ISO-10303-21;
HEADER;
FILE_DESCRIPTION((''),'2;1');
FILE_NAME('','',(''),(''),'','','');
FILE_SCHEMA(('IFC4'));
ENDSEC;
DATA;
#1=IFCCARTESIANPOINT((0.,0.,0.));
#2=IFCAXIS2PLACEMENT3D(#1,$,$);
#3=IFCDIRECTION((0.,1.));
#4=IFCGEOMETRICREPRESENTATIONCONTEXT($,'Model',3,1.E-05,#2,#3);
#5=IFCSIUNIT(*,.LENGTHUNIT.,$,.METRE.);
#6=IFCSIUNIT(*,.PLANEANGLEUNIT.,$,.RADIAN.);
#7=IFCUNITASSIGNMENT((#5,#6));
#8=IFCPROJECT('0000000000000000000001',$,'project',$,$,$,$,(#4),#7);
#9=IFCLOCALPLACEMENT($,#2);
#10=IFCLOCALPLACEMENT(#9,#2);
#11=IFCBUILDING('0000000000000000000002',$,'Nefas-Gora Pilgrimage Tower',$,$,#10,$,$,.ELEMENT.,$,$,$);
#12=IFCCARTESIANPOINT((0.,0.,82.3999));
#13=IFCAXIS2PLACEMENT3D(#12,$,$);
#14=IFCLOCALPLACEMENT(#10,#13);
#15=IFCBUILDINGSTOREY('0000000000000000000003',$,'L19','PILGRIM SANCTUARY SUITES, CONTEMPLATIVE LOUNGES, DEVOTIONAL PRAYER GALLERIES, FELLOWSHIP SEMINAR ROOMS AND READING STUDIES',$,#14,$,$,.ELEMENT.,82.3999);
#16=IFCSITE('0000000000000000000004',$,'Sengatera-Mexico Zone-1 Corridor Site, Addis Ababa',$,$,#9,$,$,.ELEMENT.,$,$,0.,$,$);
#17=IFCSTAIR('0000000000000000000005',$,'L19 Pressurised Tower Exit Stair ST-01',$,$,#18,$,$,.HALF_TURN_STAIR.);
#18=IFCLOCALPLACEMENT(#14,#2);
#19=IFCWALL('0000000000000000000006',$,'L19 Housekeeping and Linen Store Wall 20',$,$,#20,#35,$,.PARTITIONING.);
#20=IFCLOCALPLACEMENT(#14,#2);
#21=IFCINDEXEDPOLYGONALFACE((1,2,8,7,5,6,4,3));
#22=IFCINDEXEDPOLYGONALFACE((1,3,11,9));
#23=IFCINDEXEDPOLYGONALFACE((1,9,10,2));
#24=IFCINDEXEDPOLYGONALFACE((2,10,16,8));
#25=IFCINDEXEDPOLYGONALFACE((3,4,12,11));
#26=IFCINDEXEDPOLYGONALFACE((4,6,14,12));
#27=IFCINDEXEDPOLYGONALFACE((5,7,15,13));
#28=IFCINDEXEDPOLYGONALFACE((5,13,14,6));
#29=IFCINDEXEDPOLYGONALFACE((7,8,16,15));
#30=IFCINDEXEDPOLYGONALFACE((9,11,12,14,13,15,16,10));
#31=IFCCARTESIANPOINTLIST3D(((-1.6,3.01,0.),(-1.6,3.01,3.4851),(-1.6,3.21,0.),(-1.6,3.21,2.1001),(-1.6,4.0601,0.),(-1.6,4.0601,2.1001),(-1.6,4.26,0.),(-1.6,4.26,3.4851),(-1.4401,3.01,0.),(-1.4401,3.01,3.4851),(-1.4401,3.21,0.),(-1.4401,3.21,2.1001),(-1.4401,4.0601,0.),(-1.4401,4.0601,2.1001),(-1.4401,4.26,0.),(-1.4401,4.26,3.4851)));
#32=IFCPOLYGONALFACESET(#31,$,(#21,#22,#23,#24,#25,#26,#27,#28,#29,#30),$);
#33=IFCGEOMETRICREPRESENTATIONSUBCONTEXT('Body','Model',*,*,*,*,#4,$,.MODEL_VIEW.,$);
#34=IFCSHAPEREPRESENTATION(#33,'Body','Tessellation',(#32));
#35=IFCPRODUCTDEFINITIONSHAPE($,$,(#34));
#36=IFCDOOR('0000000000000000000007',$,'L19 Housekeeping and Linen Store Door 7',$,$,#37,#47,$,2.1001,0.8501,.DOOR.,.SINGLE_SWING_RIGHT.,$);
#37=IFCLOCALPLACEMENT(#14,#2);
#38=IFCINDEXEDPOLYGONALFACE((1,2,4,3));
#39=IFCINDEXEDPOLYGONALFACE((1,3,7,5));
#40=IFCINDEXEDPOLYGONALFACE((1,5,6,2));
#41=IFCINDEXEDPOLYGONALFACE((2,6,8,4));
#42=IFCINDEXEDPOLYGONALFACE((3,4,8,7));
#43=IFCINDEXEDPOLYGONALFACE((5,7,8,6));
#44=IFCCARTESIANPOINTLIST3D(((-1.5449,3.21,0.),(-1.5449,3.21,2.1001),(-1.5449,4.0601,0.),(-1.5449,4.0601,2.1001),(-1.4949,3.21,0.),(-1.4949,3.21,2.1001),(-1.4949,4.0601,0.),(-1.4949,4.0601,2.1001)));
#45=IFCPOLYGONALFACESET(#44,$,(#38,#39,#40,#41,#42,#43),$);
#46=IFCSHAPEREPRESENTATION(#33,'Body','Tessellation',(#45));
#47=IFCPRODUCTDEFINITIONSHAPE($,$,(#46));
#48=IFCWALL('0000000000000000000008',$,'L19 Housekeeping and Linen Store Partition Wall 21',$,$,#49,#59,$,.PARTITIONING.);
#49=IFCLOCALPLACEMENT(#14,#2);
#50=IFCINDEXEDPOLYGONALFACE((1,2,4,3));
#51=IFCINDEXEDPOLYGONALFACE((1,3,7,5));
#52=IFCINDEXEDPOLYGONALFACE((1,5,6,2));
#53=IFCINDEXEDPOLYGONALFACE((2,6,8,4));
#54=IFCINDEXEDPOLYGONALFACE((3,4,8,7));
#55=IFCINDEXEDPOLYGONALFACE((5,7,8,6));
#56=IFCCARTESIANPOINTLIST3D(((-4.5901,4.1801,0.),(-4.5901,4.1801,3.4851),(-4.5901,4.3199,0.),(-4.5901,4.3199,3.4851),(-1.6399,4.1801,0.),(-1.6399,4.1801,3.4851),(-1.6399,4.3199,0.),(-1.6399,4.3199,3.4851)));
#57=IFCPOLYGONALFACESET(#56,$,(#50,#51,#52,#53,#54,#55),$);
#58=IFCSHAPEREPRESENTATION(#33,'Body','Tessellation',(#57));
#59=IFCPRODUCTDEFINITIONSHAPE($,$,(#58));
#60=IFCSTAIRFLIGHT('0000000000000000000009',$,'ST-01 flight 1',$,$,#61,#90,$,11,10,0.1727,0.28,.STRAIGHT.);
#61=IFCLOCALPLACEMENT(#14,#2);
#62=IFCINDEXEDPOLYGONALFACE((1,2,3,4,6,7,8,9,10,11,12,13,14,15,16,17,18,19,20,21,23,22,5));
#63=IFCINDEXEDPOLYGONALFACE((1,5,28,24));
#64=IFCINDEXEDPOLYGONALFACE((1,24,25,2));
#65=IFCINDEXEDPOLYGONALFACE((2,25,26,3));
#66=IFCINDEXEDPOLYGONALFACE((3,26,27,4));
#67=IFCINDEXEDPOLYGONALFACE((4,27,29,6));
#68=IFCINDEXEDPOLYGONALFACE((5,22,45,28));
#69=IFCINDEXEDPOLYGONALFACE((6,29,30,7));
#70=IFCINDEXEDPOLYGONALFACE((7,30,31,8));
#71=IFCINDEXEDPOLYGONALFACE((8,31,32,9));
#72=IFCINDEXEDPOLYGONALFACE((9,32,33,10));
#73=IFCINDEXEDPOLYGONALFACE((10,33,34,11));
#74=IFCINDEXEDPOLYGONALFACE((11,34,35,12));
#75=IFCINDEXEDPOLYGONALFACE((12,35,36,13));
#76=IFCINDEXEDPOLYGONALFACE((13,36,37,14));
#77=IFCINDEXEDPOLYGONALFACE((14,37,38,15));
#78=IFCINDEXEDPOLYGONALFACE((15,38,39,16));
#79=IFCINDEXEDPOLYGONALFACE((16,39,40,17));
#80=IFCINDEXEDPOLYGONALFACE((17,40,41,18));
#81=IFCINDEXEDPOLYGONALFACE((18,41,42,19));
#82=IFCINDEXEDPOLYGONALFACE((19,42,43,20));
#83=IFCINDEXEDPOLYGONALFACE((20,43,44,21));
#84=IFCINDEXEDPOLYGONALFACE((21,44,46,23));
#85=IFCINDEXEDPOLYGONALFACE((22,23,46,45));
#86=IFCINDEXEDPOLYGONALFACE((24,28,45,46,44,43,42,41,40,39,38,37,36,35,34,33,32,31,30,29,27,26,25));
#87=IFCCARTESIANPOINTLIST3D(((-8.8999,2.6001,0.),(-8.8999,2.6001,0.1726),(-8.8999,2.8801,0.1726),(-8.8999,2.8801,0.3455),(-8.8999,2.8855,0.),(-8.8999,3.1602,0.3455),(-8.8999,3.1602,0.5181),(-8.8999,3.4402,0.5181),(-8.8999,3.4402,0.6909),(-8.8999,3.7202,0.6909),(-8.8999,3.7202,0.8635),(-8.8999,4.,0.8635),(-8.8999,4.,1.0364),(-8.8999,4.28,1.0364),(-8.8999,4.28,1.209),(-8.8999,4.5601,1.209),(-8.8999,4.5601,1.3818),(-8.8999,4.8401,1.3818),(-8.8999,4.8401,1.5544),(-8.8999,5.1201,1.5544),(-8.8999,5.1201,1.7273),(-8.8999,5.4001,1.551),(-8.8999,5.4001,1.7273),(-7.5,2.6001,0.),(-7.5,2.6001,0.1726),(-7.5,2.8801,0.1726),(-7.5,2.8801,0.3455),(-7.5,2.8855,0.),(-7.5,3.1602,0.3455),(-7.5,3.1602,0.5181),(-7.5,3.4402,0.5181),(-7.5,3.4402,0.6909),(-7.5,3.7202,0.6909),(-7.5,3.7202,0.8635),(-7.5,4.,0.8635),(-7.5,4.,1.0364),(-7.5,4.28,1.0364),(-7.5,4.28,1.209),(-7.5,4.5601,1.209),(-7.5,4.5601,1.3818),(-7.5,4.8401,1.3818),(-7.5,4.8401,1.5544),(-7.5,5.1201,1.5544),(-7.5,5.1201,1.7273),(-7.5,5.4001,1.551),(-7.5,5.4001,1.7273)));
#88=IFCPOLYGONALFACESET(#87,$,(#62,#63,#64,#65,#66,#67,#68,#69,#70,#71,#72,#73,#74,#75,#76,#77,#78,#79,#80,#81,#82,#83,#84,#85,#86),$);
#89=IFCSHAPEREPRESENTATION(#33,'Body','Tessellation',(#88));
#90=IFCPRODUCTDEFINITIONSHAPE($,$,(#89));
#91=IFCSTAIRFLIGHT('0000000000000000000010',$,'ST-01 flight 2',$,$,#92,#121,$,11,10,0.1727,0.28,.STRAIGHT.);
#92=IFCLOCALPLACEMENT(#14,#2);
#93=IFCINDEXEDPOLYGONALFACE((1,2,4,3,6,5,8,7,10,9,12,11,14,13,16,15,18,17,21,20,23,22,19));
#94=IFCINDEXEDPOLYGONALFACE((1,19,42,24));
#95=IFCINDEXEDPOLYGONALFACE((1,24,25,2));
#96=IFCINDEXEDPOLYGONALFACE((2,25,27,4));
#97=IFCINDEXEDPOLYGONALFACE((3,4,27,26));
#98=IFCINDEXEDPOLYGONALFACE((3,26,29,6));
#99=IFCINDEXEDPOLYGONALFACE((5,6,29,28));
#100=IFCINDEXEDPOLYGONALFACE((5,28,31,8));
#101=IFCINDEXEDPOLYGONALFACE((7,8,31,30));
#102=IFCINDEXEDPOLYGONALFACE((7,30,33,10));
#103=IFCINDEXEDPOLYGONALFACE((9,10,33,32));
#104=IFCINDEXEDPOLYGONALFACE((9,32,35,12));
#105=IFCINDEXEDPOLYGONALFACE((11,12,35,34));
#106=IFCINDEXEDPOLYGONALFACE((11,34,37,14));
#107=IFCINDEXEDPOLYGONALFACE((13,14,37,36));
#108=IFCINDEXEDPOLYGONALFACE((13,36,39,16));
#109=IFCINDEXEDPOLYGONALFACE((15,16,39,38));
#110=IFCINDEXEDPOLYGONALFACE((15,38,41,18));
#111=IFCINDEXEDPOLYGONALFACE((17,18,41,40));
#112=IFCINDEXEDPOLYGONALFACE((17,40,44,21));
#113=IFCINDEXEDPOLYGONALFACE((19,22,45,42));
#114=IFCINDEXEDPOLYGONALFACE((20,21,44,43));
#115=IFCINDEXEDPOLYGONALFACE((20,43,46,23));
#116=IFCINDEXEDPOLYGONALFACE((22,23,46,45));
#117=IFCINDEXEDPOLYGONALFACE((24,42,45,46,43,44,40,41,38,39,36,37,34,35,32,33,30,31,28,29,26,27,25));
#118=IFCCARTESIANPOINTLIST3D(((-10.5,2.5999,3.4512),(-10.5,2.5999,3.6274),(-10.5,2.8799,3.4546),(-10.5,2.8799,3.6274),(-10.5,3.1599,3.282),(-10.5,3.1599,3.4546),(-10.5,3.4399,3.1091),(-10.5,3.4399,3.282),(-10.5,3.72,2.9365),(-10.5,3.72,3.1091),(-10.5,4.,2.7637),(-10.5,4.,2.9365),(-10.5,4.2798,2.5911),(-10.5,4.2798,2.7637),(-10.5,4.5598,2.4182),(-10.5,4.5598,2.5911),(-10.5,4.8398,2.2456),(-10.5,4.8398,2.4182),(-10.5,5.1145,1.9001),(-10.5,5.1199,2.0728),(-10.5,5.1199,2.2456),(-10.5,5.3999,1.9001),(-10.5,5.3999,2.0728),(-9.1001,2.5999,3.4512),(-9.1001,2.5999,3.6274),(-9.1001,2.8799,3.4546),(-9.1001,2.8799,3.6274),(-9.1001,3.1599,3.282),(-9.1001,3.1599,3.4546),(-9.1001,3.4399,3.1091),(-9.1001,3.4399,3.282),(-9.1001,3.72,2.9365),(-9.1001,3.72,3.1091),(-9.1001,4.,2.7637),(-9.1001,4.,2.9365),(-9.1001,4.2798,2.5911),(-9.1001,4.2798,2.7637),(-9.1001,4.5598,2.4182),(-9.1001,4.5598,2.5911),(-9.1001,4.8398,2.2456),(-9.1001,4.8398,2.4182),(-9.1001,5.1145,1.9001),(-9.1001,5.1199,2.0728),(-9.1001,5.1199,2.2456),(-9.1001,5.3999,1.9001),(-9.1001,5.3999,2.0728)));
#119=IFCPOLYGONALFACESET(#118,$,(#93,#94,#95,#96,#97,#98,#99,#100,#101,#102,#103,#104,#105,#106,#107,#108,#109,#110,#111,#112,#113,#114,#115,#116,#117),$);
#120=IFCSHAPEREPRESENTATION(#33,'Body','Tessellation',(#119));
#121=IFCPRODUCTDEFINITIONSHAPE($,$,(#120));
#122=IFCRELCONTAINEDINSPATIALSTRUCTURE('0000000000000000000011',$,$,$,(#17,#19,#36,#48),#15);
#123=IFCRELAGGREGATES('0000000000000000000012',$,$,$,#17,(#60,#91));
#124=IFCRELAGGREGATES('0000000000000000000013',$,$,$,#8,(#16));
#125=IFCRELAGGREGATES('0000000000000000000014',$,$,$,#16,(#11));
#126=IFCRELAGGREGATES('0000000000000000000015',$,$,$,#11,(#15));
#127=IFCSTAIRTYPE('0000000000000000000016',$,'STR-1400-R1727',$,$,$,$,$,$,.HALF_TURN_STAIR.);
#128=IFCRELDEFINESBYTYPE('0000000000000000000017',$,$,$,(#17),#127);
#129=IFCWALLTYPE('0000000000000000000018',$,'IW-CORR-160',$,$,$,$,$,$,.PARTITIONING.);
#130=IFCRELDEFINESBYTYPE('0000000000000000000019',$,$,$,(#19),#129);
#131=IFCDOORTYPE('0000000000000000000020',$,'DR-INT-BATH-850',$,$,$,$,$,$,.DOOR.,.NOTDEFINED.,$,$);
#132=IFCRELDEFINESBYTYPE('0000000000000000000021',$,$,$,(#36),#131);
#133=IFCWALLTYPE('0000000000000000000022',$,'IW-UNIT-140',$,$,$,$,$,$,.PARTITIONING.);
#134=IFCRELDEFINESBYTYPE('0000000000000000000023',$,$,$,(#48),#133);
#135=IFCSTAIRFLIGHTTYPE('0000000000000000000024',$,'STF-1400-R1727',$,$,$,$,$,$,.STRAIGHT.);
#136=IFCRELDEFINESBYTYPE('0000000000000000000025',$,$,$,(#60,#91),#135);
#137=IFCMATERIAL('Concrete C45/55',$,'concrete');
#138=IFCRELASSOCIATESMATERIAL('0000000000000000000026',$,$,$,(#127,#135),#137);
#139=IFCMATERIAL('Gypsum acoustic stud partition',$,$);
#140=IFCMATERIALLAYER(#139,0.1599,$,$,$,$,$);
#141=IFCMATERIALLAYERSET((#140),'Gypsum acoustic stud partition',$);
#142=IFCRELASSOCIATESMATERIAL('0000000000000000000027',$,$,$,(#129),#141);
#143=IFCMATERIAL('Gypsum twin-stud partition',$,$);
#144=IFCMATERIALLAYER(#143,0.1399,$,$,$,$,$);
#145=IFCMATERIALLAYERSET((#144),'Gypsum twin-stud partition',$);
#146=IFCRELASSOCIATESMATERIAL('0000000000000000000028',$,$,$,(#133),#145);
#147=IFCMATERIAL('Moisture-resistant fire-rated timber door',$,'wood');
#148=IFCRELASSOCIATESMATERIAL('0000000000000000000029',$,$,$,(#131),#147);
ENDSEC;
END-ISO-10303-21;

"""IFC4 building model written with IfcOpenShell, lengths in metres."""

from ifc_helpers import new_model, si_unit, direction, frame, frame_2d, origin, place, context, subcontext, project, spatial, polyline, rectangle, outline, extrude, source, transform, mapped, material, layer, layer_set, type_object, element, fill, aggregate, save


model = new_model("IFC4")

# Units and contexts
model_context = context("Model", 3, precision=1e-05, world=origin(), true_north=direction((0.0, 1.0)))
body_context = subcontext(model_context, "Body", "Model", "MODEL_VIEW")
ifc_project = project(units=[si_unit("LENGTHUNIT", "METRE"), si_unit("PLANEANGLEUNIT", "RADIAN")], contexts=[model_context])

# Site, building, storey
site_placement = place(None, origin())
site = spatial("IfcSite", under=ifc_project, at=site_placement, Name="Sengatera-Mexico Zone-1 Corridor Site, Addis Ababa", CompositionType="ELEMENT", RefElevation=0.0)
building_placement = place(site_placement, origin())
building = spatial("IfcBuilding", under=site, at=building_placement, Name="Nefas-Gora Pilgrimage Tower", CompositionType="ELEMENT")
storey_placement = place(building_placement, frame((0.0, 0.0, 82.3999)))
storey = spatial("IfcBuildingStorey", under=building, at=storey_placement, Name="L19", Description="PILGRIM SANCTUARY SUITES, CONTEMPLATIVE LOUNGES, DEVOTIONAL PRAYER GALLERIES, FELLOWSHIP SEMINAR ROOMS AND READING STUDIES", CompositionType="ELEMENT", Elevation=82.3999)

# Stair
ifc_material_1 = material(Name="Concrete C45/55", Category="concrete")
stair_type = type_object("IfcStairType", Name="STR-1400-R1727", PredefinedType="HALF_TURN_STAIR", material=ifc_material_1)
stair_1_placement = place(storey_placement, origin())
stair_1 = element("IfcStair", 1, at=stair_1_placement, inside=storey, type_object=stair_type, Name="L19 Pressurised Tower Exit Stair ST-01", PredefinedType="HALF_TURN_STAIR")

# Shared definitions
ifc_material_2 = material(Name="Gypsum acoustic stud partition")
ifc_layer_1 = layer(ifc_material_2, 0.1599)
ifc_layer_set_1 = layer_set([ifc_layer_1], Name="Gypsum acoustic stud partition")
wall_type_1 = type_object("IfcWallType", Name="IW-CORR-160", PredefinedType="PARTITIONING", material=ifc_layer_set_1)
ifc_material_3 = material(Name="Gypsum twin-stud partition")
ifc_layer_2 = layer(ifc_material_3, 0.1399)
ifc_layer_set_2 = layer_set([ifc_layer_2], Name="Gypsum twin-stud partition")
wall_type_2 = type_object("IfcWallType", Name="IW-UNIT-140", PredefinedType="PARTITIONING", material=ifc_layer_set_2)

# Wall, opening, door
shared_shape_1 = source(origin(), body_context, "Body", "SweptSolid", [
    extrude(rectangle(XDim=1.25, YDim=0.1599, at=frame_2d((0.625, 0.0))), origin(), (0.0, 0.0, 1.0), 3.4851),
])
wall_1_placement = place(storey_placement, frame((-1.52, 3.01, 0.0), z_axis=(0.0, 0.0, 1.0), x_axis=(0.0, 1.0, 0.0)))
wall_1 = element("IfcWall", 2, at=wall_1_placement, inside=storey, type_object=wall_type_1, Name="L19 Housekeeping and Linen Store Wall 20", PredefinedType="PARTITIONING", context=body_context, shape_type="MappedRepresentation", body=[
    mapped(shared_shape_1, transform((0.0, 0.0, 0.0), x_axis=(1.0, 0.0, 0.0), y_axis=(0.0, 1.0, 0.0), z_axis=(0.0, 0.0, 1.0), scale=1.0)),
])
opening_1_placement = place(wall_1_placement, frame((0.2, 0.0, 0.0)))
opening_1 = element("IfcOpeningElement", 3, at=opening_1_placement, cuts=wall_1, PredefinedType="OPENING", context=body_context, shape_type="SweptSolid", body=[
    extrude(rectangle(XDim=0.8501, YDim=2.1001, at=frame_2d((0.425, 1.05))), frame((0.0, 0.0898, 0.0), z_axis=(0.0, -1.0, 0.0), x_axis=(1.0, 0.0, 0.0)), (0.0, 0.0, 1.0), 0.1799),
])
ifc_material_4 = material(Name="Moisture-resistant fire-rated timber door", Category="wood")
door_type_1 = type_object("IfcDoorType", Name="DR-INT-BATH-850", OperationType="NOTDEFINED", PredefinedType="DOOR", material=ifc_material_4)
shared_shape_2 = source(origin(), body_context, "Body", "SweptSolid", [
    extrude(rectangle(XDim=0.8501, YDim=2.1001, at=frame_2d((0.425, 1.05))), frame((0.0, 0.0249, 0.0), z_axis=(0.0, -1.0, 0.0), x_axis=(1.0, 0.0, 0.0)), (0.0, 0.0, 1.0), 0.05),
])
door_1_placement = place(opening_1_placement, origin())
door_1 = element("IfcDoor", 4, at=door_1_placement, inside=storey, type_object=door_type_1, Name="L19 Housekeeping and Linen Store Door 7", OperationType="SINGLE_SWING_RIGHT", OverallHeight=2.1001, OverallWidth=0.8501, PredefinedType="DOOR", context=body_context, shape_type="MappedRepresentation", body=[
    mapped(shared_shape_2, transform((0.0, 0.0, 0.0), x_axis=(1.0, 0.0, 0.0), y_axis=(0.0, 1.0, 0.0), z_axis=(0.0, 0.0, 1.0), scale=1.0)),
])
fill(opening_1, door_1)

# Wall
shared_shape_3 = source(origin(), body_context, "Body", "SweptSolid", [
    extrude(rectangle(XDim=2.9502, YDim=0.1399, at=frame_2d((1.4751, 0.0))), origin(), (0.0, 0.0, 1.0), 3.4851),
])
wall_2_placement = place(storey_placement, frame((-4.5901, 4.25, 0.0), z_axis=(0.0, 0.0, 1.0), x_axis=(1.0, 0.0, 0.0)))
element("IfcWall", 5, at=wall_2_placement, inside=storey, type_object=wall_type_2, Name="L19 Housekeeping and Linen Store Partition Wall 21", PredefinedType="PARTITIONING", context=body_context, shape_type="MappedRepresentation", body=[
    mapped(shared_shape_3, transform((0.0, 0.0, 0.0), x_axis=(1.0, 0.0, 0.0), y_axis=(0.0, 1.0, 0.0), z_axis=(0.0, 0.0, 1.0), scale=1.0)),
])

# Stair flights
stair_flight_type = type_object("IfcStairFlightType", Name="STF-1400-R1727", PredefinedType="STRAIGHT", material=ifc_material_1)
shared_shape_4 = source(origin(), body_context, "Body", "SweptSolid", [
    extrude(outline(polyline([(0.0, 0.0), (0.0, 0.1726), (0.28, 0.1726), (0.28, 0.3455), (0.5601, 0.3455), (0.5601, 0.5181), (0.8401, 0.5181), (0.8401, 0.6909), (1.1201, 0.6909), (1.1201, 0.8635), (1.3999, 0.8635), (1.3999, 1.0364), (1.6799, 1.0364), (1.6799, 1.209), (1.96, 1.209), (1.96, 1.3818), (2.24, 1.3818), (2.24, 1.5544), (2.52, 1.5544), (2.52, 1.7273), (2.8, 1.7273), (2.8, 1.8999), (2.8, 1.551), (0.2854, 0.0), (0.0, 0.0)])), frame((0.0, 0.7, 0.0), z_axis=(0.0, -1.0, 0.0), x_axis=(1.0, 0.0, 0.0)), (0.0, 0.0, 1.0), 1.3999),
])
stair_flight_1_placement = place(storey_placement, frame((-8.2, 2.6001, 0.0), z_axis=(0.0, 0.0, 1.0), x_axis=(0.0, 1.0, 0.0)))
stair_flight_1 = element("IfcStairFlight", 6, at=stair_flight_1_placement, type_object=stair_flight_type, Name="ST-01 flight 1", NumberOfRisers=11, NumberOfTreads=10, PredefinedType="STRAIGHT", RiserHeight=0.1727, TreadLength=0.28, context=body_context, shape_type="MappedRepresentation", body=[
    mapped(shared_shape_4, transform((0.0, 0.0, 0.0), x_axis=(1.0, 0.0, 0.0), y_axis=(0.0, 1.0, 0.0), z_axis=(0.0, 0.0, 1.0), scale=1.0)),
])
stair_flight_2_placement = place(storey_placement, frame((-9.8, 5.3999, 1.9001), z_axis=(0.0, 0.0, 1.0), x_axis=(0.0, -1.0, 0.0)))
stair_flight_2 = element("IfcStairFlight", 7, at=stair_flight_2_placement, type_object=stair_flight_type, Name="ST-01 flight 2", NumberOfRisers=11, NumberOfTreads=10, PredefinedType="STRAIGHT", RiserHeight=0.1727, TreadLength=0.28, context=body_context, shape_type="MappedRepresentation", body=[
    mapped(shared_shape_4, transform((0.0, 0.0, 0.0), x_axis=(1.0, 0.0, 0.0), y_axis=(0.0, 1.0, 0.0), z_axis=(0.0, 0.0, 1.0), scale=1.0)),
])
aggregate(stair_1, [stair_flight_1, stair_flight_2])

save(model, "model.ifc")
